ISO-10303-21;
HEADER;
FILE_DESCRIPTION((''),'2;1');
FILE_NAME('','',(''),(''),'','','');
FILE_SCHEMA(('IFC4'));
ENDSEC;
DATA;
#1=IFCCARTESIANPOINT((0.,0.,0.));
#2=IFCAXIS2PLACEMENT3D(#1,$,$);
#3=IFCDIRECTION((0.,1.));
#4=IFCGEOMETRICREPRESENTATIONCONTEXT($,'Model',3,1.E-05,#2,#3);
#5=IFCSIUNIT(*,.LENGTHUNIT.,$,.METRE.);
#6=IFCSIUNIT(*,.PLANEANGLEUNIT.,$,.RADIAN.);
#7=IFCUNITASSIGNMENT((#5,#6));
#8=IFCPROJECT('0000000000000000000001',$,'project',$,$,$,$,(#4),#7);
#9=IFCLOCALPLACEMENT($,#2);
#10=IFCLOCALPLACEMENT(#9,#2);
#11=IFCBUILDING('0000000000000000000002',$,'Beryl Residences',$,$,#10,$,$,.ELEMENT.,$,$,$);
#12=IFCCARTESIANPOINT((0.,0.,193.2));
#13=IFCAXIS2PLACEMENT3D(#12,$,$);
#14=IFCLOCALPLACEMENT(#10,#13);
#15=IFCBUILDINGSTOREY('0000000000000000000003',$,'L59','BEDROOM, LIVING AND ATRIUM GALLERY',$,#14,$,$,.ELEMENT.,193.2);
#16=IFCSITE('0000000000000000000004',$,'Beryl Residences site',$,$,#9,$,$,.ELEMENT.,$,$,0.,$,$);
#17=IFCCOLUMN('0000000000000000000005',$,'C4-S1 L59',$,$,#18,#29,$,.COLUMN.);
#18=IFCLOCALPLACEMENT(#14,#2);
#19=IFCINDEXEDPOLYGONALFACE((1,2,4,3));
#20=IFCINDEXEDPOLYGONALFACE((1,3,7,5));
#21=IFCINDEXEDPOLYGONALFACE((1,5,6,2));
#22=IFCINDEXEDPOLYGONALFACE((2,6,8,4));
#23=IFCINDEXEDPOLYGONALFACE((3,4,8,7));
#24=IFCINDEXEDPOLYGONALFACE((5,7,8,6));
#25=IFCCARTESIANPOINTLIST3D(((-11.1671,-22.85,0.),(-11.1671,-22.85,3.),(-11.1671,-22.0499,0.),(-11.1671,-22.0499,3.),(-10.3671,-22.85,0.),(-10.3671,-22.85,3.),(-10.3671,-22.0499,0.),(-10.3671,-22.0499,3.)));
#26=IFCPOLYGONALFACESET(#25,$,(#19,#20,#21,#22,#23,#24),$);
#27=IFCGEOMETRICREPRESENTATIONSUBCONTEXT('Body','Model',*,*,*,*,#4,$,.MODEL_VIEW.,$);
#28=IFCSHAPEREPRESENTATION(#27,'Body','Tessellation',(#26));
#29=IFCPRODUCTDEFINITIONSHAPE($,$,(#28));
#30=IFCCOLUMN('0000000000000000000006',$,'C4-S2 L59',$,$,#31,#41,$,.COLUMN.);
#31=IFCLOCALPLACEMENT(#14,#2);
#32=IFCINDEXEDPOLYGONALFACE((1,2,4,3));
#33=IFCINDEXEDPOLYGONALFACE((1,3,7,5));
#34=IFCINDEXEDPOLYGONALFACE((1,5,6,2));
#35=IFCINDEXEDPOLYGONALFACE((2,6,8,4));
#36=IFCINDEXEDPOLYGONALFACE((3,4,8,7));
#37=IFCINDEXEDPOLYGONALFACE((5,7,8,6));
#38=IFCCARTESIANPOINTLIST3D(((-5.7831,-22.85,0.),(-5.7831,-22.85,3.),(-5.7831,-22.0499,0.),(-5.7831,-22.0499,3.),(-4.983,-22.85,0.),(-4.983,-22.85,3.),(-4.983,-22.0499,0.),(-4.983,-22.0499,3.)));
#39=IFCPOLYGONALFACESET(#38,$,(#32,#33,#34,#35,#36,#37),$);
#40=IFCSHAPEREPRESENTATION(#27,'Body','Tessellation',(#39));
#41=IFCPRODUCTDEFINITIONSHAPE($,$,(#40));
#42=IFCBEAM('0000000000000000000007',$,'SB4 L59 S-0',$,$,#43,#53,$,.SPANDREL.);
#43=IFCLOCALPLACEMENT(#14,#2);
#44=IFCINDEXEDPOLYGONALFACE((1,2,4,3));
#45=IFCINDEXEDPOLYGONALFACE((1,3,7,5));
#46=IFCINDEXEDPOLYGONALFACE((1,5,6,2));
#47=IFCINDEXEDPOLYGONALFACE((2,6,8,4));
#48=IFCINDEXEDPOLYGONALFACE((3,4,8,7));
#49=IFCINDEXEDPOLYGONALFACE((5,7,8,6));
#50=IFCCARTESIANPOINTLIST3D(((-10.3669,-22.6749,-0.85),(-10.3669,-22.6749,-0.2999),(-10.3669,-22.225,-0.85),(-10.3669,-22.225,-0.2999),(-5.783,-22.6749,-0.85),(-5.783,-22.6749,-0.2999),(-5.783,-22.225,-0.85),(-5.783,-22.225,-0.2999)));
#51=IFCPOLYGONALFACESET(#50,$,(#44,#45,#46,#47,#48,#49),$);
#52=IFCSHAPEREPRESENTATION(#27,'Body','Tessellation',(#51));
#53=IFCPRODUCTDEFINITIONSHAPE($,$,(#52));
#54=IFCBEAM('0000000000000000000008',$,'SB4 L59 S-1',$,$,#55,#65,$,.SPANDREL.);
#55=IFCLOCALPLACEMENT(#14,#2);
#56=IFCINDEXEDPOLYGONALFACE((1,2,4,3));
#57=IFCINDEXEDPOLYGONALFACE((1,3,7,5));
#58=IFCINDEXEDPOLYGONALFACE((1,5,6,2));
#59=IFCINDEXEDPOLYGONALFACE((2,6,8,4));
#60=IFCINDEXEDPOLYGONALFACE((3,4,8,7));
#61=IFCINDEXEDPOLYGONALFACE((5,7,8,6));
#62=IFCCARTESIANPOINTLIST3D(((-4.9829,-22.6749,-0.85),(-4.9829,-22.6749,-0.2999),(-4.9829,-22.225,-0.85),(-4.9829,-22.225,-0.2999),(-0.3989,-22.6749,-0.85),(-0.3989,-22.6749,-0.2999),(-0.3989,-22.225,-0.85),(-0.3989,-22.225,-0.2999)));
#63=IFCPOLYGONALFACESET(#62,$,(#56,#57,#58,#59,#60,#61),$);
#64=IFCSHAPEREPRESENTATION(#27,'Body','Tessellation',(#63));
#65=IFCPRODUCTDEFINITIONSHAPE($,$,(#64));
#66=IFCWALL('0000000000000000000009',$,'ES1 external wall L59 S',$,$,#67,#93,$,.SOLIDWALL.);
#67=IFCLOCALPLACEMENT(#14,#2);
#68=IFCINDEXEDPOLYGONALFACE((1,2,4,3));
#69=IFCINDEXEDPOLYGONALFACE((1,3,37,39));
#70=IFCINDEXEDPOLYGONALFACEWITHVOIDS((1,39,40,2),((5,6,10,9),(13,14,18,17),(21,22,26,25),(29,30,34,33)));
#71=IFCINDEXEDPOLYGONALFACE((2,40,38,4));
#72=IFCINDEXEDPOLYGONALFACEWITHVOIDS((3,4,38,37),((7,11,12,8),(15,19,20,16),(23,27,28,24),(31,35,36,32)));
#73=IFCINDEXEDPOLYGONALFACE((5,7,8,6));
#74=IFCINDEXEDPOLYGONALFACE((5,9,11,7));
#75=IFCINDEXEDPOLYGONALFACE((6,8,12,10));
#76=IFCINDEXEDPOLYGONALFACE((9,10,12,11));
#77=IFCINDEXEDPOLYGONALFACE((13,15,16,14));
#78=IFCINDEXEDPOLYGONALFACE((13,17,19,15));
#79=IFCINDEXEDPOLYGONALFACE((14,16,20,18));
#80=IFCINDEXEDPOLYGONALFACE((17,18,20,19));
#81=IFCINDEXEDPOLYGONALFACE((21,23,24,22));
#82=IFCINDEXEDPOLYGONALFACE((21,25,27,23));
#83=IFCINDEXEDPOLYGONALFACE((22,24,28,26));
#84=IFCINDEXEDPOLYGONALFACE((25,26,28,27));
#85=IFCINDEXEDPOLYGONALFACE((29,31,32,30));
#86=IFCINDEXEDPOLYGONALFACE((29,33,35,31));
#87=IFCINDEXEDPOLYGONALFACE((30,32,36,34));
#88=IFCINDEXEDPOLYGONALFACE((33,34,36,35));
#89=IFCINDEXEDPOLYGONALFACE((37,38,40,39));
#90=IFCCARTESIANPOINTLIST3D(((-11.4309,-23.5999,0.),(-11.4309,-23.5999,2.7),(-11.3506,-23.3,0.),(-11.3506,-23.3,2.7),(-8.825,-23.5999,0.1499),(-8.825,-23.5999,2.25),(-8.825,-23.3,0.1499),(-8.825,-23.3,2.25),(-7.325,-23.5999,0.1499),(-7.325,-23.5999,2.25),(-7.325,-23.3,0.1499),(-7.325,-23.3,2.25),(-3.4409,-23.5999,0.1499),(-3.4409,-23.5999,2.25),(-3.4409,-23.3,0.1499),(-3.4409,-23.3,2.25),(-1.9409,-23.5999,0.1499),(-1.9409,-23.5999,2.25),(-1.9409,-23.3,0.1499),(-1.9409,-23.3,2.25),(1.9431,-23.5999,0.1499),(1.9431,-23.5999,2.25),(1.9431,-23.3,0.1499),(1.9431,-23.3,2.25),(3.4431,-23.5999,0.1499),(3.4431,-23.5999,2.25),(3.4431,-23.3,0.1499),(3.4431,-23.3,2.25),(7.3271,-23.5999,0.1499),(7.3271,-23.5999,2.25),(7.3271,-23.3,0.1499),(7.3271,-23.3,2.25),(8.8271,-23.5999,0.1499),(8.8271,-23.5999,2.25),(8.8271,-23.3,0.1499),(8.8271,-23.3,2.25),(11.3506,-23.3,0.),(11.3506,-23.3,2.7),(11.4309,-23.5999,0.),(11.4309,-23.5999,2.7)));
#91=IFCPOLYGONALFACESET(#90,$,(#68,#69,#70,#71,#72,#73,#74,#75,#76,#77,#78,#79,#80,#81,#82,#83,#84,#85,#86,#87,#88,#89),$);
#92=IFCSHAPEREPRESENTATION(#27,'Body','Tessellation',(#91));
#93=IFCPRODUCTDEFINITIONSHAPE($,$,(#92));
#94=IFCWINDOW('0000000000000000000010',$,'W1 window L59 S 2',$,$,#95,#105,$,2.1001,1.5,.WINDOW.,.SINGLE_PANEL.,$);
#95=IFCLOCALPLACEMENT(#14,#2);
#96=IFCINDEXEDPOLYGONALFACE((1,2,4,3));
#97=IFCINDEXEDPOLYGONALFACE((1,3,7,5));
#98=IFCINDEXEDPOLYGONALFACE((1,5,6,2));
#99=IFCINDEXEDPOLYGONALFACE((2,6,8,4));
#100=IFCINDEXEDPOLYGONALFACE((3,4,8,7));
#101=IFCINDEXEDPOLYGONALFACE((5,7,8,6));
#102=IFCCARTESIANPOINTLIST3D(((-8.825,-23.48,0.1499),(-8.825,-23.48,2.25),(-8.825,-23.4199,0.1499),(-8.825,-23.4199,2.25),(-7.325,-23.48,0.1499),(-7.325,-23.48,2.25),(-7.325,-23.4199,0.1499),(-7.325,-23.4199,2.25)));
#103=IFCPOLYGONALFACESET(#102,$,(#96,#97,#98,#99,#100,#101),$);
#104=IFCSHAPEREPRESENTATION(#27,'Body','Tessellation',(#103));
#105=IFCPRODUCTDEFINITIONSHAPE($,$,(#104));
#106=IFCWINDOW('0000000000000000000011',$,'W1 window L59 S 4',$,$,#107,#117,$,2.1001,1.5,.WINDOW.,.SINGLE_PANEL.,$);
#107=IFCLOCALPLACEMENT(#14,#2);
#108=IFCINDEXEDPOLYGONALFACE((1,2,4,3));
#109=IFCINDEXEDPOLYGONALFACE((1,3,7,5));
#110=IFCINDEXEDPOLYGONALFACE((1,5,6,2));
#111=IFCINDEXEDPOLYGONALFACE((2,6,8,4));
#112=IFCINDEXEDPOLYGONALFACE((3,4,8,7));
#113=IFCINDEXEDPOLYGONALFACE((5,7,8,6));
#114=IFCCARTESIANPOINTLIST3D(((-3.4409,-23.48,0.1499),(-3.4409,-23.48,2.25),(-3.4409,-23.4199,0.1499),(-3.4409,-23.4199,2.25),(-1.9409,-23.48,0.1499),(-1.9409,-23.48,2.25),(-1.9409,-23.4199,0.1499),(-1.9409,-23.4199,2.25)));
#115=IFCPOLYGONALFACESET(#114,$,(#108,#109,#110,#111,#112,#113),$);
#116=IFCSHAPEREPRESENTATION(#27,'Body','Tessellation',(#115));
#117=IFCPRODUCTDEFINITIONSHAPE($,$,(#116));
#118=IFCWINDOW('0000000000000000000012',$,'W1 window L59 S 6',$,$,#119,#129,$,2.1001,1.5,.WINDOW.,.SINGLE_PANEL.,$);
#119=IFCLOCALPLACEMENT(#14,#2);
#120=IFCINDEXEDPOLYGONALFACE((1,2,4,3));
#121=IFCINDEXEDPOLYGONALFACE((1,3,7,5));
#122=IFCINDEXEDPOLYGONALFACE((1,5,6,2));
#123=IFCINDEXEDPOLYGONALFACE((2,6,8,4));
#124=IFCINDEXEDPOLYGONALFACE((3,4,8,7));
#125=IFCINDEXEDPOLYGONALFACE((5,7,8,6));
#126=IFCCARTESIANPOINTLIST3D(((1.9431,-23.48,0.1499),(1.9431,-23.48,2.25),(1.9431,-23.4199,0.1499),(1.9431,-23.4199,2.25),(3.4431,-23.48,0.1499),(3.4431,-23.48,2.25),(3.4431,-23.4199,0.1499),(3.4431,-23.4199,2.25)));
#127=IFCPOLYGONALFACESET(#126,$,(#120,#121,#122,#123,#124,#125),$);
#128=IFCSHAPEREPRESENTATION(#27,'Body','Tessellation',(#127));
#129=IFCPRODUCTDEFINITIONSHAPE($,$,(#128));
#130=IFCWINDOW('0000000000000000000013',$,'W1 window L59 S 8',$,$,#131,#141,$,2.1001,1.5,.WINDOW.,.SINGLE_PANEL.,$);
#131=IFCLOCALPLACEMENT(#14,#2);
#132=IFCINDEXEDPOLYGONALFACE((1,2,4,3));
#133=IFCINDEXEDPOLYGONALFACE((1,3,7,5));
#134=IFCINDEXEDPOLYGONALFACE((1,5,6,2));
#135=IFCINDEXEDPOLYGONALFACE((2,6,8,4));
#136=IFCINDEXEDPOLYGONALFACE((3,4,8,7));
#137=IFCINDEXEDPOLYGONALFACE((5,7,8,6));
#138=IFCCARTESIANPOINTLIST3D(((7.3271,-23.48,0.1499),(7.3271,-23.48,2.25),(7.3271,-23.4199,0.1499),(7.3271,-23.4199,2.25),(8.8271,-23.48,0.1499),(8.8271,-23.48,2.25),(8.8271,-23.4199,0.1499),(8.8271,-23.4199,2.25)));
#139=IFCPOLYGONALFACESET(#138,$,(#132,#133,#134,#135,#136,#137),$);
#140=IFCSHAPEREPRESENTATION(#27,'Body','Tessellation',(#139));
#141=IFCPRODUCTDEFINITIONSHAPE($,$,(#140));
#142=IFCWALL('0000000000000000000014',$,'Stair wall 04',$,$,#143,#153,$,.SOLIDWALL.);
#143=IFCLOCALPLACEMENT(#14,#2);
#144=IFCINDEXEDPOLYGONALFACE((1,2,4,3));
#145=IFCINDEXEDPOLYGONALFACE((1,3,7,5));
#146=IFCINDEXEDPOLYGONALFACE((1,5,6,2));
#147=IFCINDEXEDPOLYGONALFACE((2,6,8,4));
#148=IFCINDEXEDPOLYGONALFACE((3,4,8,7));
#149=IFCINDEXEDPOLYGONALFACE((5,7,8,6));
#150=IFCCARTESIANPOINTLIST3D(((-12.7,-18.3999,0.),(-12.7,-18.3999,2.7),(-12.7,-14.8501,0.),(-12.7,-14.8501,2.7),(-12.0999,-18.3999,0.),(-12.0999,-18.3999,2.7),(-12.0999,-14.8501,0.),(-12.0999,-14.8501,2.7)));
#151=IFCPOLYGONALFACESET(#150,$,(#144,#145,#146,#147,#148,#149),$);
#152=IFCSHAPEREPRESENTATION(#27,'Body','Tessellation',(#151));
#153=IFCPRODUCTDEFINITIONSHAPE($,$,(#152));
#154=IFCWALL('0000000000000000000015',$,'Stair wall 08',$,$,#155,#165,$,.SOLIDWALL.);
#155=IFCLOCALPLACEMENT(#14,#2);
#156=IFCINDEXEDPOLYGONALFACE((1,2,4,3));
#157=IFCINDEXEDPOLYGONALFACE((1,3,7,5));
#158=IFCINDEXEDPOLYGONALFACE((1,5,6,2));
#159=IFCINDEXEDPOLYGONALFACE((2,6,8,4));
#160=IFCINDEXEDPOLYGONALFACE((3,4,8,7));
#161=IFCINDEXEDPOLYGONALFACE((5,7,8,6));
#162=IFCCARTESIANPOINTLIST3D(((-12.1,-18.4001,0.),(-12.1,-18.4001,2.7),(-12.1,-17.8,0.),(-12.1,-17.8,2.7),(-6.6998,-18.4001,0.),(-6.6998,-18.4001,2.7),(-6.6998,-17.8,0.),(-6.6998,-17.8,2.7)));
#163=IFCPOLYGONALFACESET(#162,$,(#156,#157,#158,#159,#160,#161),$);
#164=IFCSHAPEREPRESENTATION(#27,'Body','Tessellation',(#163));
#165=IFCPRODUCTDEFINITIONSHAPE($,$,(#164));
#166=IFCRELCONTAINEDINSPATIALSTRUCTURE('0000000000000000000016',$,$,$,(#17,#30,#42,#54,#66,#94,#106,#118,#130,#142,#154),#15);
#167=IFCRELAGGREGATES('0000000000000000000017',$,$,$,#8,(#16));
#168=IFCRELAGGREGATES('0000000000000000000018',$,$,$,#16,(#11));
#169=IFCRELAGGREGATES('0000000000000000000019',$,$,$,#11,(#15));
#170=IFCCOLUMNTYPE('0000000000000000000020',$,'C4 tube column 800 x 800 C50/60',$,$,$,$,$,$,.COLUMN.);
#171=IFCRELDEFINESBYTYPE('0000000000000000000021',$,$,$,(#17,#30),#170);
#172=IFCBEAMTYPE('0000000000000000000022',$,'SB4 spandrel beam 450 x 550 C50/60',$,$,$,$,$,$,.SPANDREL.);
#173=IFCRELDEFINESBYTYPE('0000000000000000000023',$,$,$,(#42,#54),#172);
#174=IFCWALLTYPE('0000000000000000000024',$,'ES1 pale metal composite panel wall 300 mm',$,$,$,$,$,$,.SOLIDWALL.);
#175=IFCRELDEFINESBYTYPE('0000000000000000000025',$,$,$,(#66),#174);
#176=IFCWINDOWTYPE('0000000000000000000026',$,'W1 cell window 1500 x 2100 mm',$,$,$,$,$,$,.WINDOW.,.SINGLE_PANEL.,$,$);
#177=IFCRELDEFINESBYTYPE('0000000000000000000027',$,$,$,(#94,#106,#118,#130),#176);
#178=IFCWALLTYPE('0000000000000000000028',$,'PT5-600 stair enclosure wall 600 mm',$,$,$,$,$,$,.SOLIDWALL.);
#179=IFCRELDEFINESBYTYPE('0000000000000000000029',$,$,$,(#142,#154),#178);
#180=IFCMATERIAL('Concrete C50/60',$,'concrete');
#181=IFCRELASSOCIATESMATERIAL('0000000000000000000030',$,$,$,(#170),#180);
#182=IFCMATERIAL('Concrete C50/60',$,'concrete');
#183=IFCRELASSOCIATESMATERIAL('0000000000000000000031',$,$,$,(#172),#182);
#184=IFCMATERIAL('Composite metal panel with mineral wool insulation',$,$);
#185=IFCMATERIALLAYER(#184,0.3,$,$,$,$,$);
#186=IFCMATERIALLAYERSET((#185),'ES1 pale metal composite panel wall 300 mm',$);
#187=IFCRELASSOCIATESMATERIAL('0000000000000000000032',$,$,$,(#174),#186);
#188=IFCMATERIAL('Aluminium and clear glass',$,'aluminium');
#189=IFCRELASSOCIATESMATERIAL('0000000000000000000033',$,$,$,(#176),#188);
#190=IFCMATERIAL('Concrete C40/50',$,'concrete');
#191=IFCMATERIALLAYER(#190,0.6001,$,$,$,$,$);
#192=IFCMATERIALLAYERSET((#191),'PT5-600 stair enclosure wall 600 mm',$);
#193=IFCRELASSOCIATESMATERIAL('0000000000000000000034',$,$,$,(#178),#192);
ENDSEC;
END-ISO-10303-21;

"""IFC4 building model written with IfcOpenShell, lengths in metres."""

from ifc_helpers import new_model, si_unit, direction, frame, frame_2d, origin, origin_2d, place, context, subcontext, project, spatial, polyline, rectangle, outline, extrude, material, layer, layer_set, material_profile, profile_set, type_object, element, fill, save


model = new_model("IFC4")

# Units and contexts
model_context = context("Model", 3, precision=1e-05, world=origin(), true_north=direction((0.0, 1.0)))
body_context = subcontext(model_context, "Body", "Model", "MODEL_VIEW")
ifc_project = project(units=[si_unit("LENGTHUNIT", "METRE"), si_unit("PLANEANGLEUNIT", "RADIAN")], contexts=[model_context])

# Site, building, storey
site_placement = place(None, origin())
site = spatial("IfcSite", under=ifc_project, at=site_placement, Name="Beryl Residences site", CompositionType="ELEMENT", RefElevation=0.0)
building_placement = place(site_placement, origin())
building = spatial("IfcBuilding", under=site, at=building_placement, Name="Beryl Residences", CompositionType="ELEMENT")
storey_placement = place(building_placement, frame((0.0, 0.0, 193.2)))
storey = spatial("IfcBuildingStorey", under=building, at=storey_placement, Name="L59", Description="BEDROOM, LIVING AND ATRIUM GALLERY", CompositionType="ELEMENT", Elevation=193.2)

# Columns
ifc_material_1 = material(Name="Concrete C50/60", Category="concrete")
ifc_material_profile_1 = material_profile(ifc_material_1, rectangle(XDim=0.8, YDim=0.8, at=origin_2d()))
ifc_profile_set_1 = profile_set([ifc_material_profile_1], Name="Concrete C50/60")
column_type = type_object("IfcColumnType", Name="C4 tube column 800 x 800 C50/60", PredefinedType="COLUMN", material=ifc_profile_set_1)
for number, where, z_axis, x_axis, name in (
    (1, (-10.7671, -22.45, 0.0), (0.0, 0.0, 1.0), (1.0, 0.0, 0.0), "C4-S1 L59"),
    (2, (-5.3831, -22.45, 0.0), (0.0, 0.0, 1.0), (1.0, 0.0, 0.0), "C4-S2 L59"),
):
    element("IfcColumn", number, at=place(storey_placement, frame(where, z_axis=z_axis, x_axis=x_axis)), inside=storey, type_object=column_type, Name=name, PredefinedType="COLUMN", context=body_context, shape_type="SweptSolid", body=[
        extrude(rectangle(XDim=0.8, YDim=0.8, at=origin_2d()), origin(), (0.0, 0.0, 1.0), 3.0),
    ])

# Beams
ifc_material_2 = material(Name="Concrete C50/60", Category="concrete")
ifc_material_profile_2 = material_profile(ifc_material_2, rectangle(XDim=0.45, YDim=0.55, at=origin_2d()))
ifc_profile_set_2 = profile_set([ifc_material_profile_2], Name="Concrete C50/60")
beam_type = type_object("IfcBeamType", Name="SB4 spandrel beam 450 x 550 C50/60", PredefinedType="SPANDREL", material=ifc_profile_set_2)
for number, where, z_axis, x_axis, name in (
    (3, (-10.3669, -22.45, -0.575), (1.0, 0.0, 0.0), (0.0, 1.0, 0.0), "SB4 L59 S-0"),
    (4, (-4.9829, -22.45, -0.575), (1.0, 0.0, 0.0), (0.0, 1.0, 0.0), "SB4 L59 S-1"),
):
    element("IfcBeam", number, at=place(storey_placement, frame(where, z_axis=z_axis, x_axis=x_axis)), inside=storey, type_object=beam_type, Name=name, PredefinedType="SPANDREL", context=body_context, shape_type="SweptSolid", body=[
        extrude(rectangle(XDim=0.45, YDim=0.55, at=origin_2d()), origin(), (0.0, 0.0, 1.0), 4.584),
    ])

# Wall, openings, windows
ifc_material_3 = material(Name="Composite metal panel with mineral wool insulation")
ifc_layer_1 = layer(ifc_material_3, 0.3)
ifc_layer_set_1 = layer_set([ifc_layer_1], Name="ES1 pale metal composite panel wall 300 mm")
wall_type_1 = type_object("IfcWallType", Name="ES1 pale metal composite panel wall 300 mm", PredefinedType="SOLIDWALL", material=ifc_layer_set_1)
wall_1_placement = place(storey_placement, frame((-11.4309, -23.45, 0.0), z_axis=(0.0, 0.0, 1.0), x_axis=(1.0, 0.0, 0.0)))
wall_1 = element("IfcWall", 5, at=wall_1_placement, inside=storey, type_object=wall_type_1, Name="ES1 external wall L59 S", PredefinedType="SOLIDWALL", context=body_context, shape_type="SweptSolid", body=[
    extrude(outline(polyline([(0.0, -0.1499), (22.8618, -0.1499), (22.7815, 0.1499), (0.0803, 0.1499), (0.0, -0.1499)])), origin(), (0.0, 0.0, 1.0), 2.7),
])
opening_1_placement = place(wall_1_placement, frame((2.606, 0.0, 0.1499)))
opening_1 = element("IfcOpeningElement", 6, at=opening_1_placement, cuts=wall_1, PredefinedType="OPENING", context=body_context, shape_type="SweptSolid", body=[
    extrude(rectangle(XDim=1.5, YDim=2.1001, at=frame_2d((0.75, 1.05))), frame((0.0, 0.1599, 0.0), z_axis=(0.0, -1.0, 0.0), x_axis=(1.0, 0.0, 0.0)), (0.0, 0.0, 1.0), 0.3201),
])
opening_2_placement = place(wall_1_placement, frame((7.99, 0.0, 0.1499)))
opening_2 = element("IfcOpeningElement", 7, at=opening_2_placement, cuts=wall_1, PredefinedType="OPENING", context=body_context, shape_type="SweptSolid", body=[
    extrude(rectangle(XDim=1.5, YDim=2.1001, at=frame_2d((0.75, 1.05))), frame((0.0, 0.1599, 0.0), z_axis=(0.0, -1.0, 0.0), x_axis=(1.0, 0.0, 0.0)), (0.0, 0.0, 1.0), 0.3201),
])
opening_3_placement = place(wall_1_placement, frame((13.374, 0.0, 0.1499)))
opening_3 = element("IfcOpeningElement", 8, at=opening_3_placement, cuts=wall_1, PredefinedType="OPENING", context=body_context, shape_type="SweptSolid", body=[
    extrude(rectangle(XDim=1.5, YDim=2.1001, at=frame_2d((0.75, 1.05))), frame((0.0, 0.1599, 0.0), z_axis=(0.0, -1.0, 0.0), x_axis=(1.0, 0.0, 0.0)), (0.0, 0.0, 1.0), 0.3201),
])
opening_4_placement = place(wall_1_placement, frame((18.7581, 0.0, 0.1499)))
opening_4 = element("IfcOpeningElement", 9, at=opening_4_placement, cuts=wall_1, PredefinedType="OPENING", context=body_context, shape_type="SweptSolid", body=[
    extrude(rectangle(XDim=1.5, YDim=2.1001, at=frame_2d((0.75, 1.05))), frame((0.0, 0.1599, 0.0), z_axis=(0.0, -1.0, 0.0), x_axis=(1.0, 0.0, 0.0)), (0.0, 0.0, 1.0), 0.3201),
])
ifc_material_4 = material(Name="Aluminium and clear glass", Category="aluminium")
window_type = type_object("IfcWindowType", Name="W1 cell window 1500 x 2100 mm", PartitioningType="SINGLE_PANEL", PredefinedType="WINDOW", material=ifc_material_4)
window_1_placement = place(opening_1_placement, origin())
window_1 = element("IfcWindow", 10, at=window_1_placement, inside=storey, type_object=window_type, Name="W1 window L59 S 2", OverallHeight=2.1001, OverallWidth=1.5, PartitioningType="SINGLE_PANEL", PredefinedType="WINDOW", context=body_context, shape_type="SweptSolid", body=[
    extrude(rectangle(XDim=1.5, YDim=2.1001, at=frame_2d((0.75, 1.05))), frame((0.0, 0.03, 0.0), z_axis=(0.0, -1.0, 0.0), x_axis=(1.0, 0.0, 0.0)), (0.0, 0.0, 1.0), 0.0601),
])
fill(opening_1, window_1)
window_2_placement = place(opening_2_placement, origin())
window_2 = element("IfcWindow", 11, at=window_2_placement, inside=storey, type_object=window_type, Name="W1 window L59 S 4", OverallHeight=2.1001, OverallWidth=1.5, PartitioningType="SINGLE_PANEL", PredefinedType="WINDOW", context=body_context, shape_type="SweptSolid", body=[
    extrude(rectangle(XDim=1.5, YDim=2.1001, at=frame_2d((0.75, 1.05))), frame((0.0, 0.03, 0.0), z_axis=(0.0, -1.0, 0.0), x_axis=(1.0, 0.0, 0.0)), (0.0, 0.0, 1.0), 0.0601),
])
fill(opening_2, window_2)
window_3_placement = place(opening_3_placement, origin())
window_3 = element("IfcWindow", 12, at=window_3_placement, inside=storey, type_object=window_type, Name="W1 window L59 S 6", OverallHeight=2.1001, OverallWidth=1.5, PartitioningType="SINGLE_PANEL", PredefinedType="WINDOW", context=body_context, shape_type="SweptSolid", body=[
    extrude(rectangle(XDim=1.5, YDim=2.1001, at=frame_2d((0.75, 1.05))), frame((0.0, 0.03, 0.0), z_axis=(0.0, -1.0, 0.0), x_axis=(1.0, 0.0, 0.0)), (0.0, 0.0, 1.0), 0.0601),
])
fill(opening_3, window_3)
window_4_placement = place(opening_4_placement, origin())
window_4 = element("IfcWindow", 13, at=window_4_placement, inside=storey, type_object=window_type, Name="W1 window L59 S 8", OverallHeight=2.1001, OverallWidth=1.5, PartitioningType="SINGLE_PANEL", PredefinedType="WINDOW", context=body_context, shape_type="SweptSolid", body=[
    extrude(rectangle(XDim=1.5, YDim=2.1001, at=frame_2d((0.75, 1.05))), frame((0.0, 0.03, 0.0), z_axis=(0.0, -1.0, 0.0), x_axis=(1.0, 0.0, 0.0)), (0.0, 0.0, 1.0), 0.0601),
])
fill(opening_4, window_4)

# Walls
ifc_material_5 = material(Name="Concrete C40/50", Category="concrete")
ifc_layer_2 = layer(ifc_material_5, 0.6001)
ifc_layer_set_2 = layer_set([ifc_layer_2], Name="PT5-600 stair enclosure wall 600 mm")
wall_type_2 = type_object("IfcWallType", Name="PT5-600 stair enclosure wall 600 mm", PredefinedType="SOLIDWALL", material=ifc_layer_set_2)
wall_2_placement = place(storey_placement, frame((-12.3999, -18.3999, 0.0), z_axis=(0.0, 0.0, 1.0), x_axis=(0.0, 1.0, 0.0)))
element("IfcWall", 14, at=wall_2_placement, inside=storey, type_object=wall_type_2, Name="Stair wall 04", PredefinedType="SOLIDWALL", context=body_context, shape_type="SweptSolid", body=[
    extrude(rectangle(XDim=3.5498, YDim=0.6001, at=frame_2d((1.7749, 0.0))), origin(), (0.0, 0.0, 1.0), 2.7),
])
wall_3_placement = place(storey_placement, frame((-12.1001, -18.1001, 0.0), z_axis=(0.0, 0.0, 1.0), x_axis=(1.0, 0.0, 0.0)))
element("IfcWall", 15, at=wall_3_placement, inside=storey, type_object=wall_type_2, Name="Stair wall 08", PredefinedType="SOLIDWALL", context=body_context, shape_type="SweptSolid", body=[
    extrude(rectangle(XDim=5.4001, YDim=0.6001, at=frame_2d((2.7002, 0.0))), origin(), (0.0, 0.0, 1.0), 2.7),
])

save(model, "model.ifc")
